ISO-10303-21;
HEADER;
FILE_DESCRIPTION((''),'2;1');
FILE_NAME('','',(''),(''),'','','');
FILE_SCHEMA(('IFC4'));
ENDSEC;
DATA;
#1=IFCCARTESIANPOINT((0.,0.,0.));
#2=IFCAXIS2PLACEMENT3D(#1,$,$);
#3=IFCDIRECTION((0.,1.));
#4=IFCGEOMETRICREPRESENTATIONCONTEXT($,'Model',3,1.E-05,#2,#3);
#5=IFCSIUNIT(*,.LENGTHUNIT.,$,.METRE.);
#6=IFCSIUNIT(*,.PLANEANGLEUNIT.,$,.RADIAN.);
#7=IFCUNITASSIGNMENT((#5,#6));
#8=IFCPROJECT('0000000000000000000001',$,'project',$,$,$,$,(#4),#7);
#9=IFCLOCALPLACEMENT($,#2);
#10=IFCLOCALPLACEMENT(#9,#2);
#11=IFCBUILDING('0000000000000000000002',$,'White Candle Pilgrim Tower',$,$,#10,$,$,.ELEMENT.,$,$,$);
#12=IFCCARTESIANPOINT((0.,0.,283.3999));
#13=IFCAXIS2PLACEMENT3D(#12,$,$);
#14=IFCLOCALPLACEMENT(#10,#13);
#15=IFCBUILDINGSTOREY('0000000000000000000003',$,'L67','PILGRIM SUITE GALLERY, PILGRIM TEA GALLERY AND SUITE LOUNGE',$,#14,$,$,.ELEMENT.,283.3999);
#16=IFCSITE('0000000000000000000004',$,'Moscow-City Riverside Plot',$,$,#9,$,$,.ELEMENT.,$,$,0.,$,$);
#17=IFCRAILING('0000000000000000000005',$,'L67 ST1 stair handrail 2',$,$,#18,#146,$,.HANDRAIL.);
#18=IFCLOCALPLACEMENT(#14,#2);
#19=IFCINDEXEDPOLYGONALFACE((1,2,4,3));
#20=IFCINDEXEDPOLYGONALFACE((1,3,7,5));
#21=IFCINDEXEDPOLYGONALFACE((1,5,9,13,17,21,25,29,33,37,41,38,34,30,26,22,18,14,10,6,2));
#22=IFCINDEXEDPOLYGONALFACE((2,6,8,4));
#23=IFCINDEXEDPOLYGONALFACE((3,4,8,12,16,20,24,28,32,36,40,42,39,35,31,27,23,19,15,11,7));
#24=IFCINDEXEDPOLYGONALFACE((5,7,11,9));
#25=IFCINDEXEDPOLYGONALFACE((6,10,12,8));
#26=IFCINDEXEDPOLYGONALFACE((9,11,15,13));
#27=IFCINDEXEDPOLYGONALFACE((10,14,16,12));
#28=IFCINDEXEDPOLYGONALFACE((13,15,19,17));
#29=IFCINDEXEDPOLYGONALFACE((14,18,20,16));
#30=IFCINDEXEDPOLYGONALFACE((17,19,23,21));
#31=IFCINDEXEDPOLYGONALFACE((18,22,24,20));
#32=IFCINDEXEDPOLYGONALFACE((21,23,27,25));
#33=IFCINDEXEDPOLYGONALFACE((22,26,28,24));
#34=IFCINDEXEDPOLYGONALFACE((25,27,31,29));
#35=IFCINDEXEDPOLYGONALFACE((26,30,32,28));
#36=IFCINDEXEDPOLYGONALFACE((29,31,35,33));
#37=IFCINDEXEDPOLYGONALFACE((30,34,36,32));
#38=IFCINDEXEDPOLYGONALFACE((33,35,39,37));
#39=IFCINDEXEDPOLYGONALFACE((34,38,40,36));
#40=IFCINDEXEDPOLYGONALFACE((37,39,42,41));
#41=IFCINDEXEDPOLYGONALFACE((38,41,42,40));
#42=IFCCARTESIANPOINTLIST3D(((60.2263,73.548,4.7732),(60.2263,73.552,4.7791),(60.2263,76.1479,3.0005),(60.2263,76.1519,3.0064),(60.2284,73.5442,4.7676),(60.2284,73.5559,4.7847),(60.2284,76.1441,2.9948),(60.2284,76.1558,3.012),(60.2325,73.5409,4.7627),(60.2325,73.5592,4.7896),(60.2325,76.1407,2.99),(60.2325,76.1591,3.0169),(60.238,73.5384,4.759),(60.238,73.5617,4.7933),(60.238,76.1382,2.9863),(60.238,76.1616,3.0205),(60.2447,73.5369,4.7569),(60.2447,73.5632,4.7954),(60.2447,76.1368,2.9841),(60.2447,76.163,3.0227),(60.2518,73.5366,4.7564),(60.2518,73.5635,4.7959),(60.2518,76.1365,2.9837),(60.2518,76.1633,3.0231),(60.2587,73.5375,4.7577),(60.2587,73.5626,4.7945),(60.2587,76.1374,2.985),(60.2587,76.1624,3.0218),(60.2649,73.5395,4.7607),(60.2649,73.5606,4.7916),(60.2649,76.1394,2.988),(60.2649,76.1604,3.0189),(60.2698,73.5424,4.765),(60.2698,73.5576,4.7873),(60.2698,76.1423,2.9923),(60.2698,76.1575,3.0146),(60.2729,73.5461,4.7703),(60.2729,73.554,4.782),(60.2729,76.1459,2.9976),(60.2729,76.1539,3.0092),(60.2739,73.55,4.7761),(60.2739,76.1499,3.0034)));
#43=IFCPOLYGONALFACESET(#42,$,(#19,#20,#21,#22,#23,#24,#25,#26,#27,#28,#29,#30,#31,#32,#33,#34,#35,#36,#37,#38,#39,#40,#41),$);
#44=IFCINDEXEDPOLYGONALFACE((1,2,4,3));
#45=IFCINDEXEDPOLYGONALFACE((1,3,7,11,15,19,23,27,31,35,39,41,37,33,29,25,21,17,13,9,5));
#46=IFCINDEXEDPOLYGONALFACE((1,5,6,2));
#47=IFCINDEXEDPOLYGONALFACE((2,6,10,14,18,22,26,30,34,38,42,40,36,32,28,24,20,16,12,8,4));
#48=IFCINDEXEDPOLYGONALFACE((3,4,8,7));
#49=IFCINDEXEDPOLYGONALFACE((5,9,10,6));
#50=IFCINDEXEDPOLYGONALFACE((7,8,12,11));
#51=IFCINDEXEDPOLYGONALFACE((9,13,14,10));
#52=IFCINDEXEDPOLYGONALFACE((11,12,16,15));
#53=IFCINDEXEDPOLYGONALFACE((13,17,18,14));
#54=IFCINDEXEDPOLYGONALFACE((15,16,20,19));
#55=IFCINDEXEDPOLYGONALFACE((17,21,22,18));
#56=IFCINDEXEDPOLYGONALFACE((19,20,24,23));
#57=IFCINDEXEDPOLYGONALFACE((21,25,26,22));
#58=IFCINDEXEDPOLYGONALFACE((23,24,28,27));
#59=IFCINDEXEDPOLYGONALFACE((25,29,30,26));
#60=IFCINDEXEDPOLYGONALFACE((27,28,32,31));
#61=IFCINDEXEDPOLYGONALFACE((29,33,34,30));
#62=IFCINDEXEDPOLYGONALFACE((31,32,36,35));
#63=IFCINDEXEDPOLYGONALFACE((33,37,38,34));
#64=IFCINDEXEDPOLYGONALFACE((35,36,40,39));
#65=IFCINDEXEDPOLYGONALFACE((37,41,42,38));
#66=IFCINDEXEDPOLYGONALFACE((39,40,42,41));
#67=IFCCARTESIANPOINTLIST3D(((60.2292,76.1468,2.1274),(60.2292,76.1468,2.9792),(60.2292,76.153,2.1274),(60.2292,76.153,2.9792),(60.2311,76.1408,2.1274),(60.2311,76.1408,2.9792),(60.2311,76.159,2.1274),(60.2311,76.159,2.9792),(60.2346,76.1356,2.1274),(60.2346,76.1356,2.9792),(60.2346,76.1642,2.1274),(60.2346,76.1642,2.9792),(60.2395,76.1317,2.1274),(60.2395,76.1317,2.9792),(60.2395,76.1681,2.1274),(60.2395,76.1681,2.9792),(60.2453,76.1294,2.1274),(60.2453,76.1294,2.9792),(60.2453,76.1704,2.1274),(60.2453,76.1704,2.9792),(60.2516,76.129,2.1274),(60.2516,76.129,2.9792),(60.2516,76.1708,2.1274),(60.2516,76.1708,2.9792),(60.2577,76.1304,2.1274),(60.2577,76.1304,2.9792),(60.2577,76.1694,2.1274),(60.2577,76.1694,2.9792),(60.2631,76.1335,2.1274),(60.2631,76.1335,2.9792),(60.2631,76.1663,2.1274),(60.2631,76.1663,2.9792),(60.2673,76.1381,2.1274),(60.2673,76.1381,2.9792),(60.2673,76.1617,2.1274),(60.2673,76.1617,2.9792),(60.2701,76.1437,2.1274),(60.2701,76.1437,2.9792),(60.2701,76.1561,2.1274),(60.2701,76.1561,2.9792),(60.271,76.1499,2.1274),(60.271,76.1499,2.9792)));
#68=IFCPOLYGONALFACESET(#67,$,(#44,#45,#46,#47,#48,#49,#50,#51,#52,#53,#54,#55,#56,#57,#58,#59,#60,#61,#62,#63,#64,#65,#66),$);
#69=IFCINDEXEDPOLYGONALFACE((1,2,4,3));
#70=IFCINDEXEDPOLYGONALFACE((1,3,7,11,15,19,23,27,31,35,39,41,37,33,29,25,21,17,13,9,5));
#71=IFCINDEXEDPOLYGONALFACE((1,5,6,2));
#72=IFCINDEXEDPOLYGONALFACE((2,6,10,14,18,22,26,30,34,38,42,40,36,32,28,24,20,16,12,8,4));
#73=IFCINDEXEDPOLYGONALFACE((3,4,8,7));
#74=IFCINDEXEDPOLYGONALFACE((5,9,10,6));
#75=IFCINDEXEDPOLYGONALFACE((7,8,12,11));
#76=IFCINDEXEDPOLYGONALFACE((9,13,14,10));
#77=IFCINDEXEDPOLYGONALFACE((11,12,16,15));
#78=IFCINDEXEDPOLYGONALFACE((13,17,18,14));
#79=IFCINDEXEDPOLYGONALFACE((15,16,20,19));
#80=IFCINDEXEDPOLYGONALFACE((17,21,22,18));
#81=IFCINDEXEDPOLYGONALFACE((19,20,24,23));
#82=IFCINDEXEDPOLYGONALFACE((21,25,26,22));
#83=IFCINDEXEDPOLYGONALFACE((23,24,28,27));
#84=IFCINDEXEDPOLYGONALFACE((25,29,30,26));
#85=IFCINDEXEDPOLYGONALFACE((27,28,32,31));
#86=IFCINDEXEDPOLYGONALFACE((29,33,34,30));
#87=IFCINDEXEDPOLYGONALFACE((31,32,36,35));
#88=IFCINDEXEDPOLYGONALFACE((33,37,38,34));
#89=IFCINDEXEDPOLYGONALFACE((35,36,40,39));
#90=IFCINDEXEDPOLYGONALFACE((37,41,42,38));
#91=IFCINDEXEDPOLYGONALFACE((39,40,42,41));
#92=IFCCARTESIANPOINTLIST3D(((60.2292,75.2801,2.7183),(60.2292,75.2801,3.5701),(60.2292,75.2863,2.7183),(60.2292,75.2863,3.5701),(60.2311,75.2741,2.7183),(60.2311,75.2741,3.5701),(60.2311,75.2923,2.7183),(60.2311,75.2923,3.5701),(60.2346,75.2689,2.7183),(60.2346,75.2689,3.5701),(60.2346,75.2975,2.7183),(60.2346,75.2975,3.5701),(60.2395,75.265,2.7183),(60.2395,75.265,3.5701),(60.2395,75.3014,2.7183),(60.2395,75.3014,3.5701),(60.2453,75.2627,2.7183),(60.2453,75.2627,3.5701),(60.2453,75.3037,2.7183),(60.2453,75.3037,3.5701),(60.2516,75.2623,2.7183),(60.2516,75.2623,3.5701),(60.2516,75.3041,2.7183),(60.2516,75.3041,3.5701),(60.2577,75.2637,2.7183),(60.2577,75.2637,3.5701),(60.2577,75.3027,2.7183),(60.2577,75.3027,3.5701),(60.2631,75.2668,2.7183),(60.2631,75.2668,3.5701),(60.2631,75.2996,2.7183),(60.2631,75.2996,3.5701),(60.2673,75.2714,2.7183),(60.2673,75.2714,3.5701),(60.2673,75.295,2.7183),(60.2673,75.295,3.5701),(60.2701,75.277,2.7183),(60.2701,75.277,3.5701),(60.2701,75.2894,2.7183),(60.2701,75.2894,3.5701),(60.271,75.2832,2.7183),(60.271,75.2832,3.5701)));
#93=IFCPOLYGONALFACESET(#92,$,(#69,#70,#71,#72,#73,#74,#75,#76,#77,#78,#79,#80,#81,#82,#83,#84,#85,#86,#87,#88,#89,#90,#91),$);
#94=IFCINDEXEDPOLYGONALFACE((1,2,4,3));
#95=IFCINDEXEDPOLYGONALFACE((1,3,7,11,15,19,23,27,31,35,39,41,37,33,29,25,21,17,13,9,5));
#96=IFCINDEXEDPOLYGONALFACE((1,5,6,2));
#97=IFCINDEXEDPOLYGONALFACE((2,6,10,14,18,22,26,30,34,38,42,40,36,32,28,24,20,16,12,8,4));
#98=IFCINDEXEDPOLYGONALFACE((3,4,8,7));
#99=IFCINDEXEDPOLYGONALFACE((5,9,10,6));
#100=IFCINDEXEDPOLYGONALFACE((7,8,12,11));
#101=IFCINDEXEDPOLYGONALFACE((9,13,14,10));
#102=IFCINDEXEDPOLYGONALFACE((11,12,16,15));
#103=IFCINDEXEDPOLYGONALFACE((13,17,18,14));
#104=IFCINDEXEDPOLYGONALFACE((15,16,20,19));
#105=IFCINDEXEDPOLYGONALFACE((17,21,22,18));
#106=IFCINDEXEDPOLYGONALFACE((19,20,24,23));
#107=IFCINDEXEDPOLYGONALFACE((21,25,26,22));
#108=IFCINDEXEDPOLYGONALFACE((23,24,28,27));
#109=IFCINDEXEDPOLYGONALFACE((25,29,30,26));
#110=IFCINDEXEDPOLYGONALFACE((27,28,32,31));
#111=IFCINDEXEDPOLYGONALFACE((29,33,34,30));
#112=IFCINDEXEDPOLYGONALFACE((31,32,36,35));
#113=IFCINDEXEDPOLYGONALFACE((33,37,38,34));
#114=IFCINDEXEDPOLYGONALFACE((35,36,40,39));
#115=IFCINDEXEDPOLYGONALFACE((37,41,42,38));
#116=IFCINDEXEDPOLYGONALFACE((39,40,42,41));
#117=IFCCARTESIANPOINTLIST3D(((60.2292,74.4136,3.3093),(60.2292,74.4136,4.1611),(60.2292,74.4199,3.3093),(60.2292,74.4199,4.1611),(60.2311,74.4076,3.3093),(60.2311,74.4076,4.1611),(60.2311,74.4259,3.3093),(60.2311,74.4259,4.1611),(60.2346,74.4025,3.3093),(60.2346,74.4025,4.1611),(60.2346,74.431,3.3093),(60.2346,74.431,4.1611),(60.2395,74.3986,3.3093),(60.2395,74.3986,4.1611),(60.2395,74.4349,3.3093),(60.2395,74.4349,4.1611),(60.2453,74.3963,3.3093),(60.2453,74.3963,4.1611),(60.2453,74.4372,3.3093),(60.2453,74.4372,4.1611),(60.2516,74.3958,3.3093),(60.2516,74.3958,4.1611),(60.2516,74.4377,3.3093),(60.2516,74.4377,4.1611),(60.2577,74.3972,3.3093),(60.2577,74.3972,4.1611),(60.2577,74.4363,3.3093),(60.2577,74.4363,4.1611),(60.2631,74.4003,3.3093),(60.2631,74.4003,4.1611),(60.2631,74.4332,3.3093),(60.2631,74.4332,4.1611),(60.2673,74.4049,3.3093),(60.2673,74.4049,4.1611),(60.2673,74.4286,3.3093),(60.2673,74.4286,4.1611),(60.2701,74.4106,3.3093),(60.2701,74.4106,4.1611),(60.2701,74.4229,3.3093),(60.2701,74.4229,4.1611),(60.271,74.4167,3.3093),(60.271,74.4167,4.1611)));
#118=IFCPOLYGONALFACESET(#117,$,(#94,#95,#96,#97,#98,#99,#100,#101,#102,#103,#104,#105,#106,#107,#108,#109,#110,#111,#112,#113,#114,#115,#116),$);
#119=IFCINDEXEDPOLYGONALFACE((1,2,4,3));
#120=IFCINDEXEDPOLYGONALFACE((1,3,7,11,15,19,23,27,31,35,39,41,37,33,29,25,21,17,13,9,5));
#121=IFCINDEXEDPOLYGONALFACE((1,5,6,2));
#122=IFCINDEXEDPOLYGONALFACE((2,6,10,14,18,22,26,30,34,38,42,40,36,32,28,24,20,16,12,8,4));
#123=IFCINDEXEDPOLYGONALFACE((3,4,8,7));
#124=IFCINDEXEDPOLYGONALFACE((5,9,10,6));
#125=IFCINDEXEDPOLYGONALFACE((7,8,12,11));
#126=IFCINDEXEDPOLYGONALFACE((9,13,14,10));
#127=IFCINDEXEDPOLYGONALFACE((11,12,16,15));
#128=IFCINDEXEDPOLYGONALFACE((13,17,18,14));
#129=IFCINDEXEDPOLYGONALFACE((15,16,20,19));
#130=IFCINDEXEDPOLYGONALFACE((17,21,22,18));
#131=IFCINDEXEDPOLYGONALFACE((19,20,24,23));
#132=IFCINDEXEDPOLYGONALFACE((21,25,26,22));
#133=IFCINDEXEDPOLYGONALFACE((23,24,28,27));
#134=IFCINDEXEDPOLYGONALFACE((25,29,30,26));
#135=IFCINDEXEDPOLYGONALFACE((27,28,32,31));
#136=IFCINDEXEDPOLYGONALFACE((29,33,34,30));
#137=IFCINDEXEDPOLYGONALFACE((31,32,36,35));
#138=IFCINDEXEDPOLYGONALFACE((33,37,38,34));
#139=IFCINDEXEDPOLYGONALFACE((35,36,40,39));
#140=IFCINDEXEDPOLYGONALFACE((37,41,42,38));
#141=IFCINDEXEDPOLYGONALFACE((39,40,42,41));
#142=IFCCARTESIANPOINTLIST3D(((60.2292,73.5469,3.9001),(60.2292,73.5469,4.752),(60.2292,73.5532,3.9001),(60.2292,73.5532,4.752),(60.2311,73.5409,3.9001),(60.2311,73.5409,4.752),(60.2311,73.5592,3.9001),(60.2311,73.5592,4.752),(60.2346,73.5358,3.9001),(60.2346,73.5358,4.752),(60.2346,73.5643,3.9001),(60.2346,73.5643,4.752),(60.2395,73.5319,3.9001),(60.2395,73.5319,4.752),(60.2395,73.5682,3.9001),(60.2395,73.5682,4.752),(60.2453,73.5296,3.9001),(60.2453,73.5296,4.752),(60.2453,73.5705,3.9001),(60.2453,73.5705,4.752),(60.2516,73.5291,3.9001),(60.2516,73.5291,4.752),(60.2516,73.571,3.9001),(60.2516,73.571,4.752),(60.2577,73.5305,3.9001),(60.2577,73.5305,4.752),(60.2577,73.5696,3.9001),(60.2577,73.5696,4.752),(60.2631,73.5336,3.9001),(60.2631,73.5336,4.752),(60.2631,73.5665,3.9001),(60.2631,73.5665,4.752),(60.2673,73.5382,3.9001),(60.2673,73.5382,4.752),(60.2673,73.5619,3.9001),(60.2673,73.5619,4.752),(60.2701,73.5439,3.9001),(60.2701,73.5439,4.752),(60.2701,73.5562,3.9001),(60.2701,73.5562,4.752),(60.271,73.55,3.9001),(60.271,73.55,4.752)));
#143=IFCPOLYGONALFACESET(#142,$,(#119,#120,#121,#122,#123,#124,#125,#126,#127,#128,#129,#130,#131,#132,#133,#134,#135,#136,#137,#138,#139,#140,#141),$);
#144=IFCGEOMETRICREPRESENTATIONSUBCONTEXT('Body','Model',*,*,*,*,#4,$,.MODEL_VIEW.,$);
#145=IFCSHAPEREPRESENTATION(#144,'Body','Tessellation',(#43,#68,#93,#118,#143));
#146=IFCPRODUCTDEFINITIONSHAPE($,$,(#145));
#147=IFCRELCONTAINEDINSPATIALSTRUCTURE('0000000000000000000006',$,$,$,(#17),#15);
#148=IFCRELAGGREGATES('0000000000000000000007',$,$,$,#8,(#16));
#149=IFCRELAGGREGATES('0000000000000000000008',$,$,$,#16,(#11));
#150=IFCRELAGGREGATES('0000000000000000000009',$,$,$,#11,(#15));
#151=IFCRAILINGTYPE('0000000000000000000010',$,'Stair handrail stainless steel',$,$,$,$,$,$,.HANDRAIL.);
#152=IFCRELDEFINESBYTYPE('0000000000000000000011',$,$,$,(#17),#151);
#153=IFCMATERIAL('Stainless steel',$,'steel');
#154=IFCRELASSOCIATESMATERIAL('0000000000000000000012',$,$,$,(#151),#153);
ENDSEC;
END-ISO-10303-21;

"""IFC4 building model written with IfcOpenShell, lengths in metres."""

from ifc_helpers import new_model, si_unit, direction, frame, origin, origin_2d, place, context, subcontext, project, spatial, circle, extrude, material, type_object, element, save


model = new_model("IFC4")

# Units and contexts
model_context = context("Model", 3, precision=1e-05, world=origin(), true_north=direction((0.0, 1.0)))
body_context = subcontext(model_context, "Body", "Model", "MODEL_VIEW")
ifc_project = project(units=[si_unit("LENGTHUNIT", "METRE"), si_unit("PLANEANGLEUNIT", "RADIAN")], contexts=[model_context])

# Site, building, storey
site_placement = place(None, origin())
site = spatial("IfcSite", under=ifc_project, at=site_placement, Name="Moscow-City Riverside Plot", CompositionType="ELEMENT", RefElevation=0.0)
building_placement = place(site_placement, origin())
building = spatial("IfcBuilding", under=site, at=building_placement, Name="White Candle Pilgrim Tower", CompositionType="ELEMENT")
storey_placement = place(building_placement, frame((0.0, 0.0, 283.3999)))
storey = spatial("IfcBuildingStorey", under=building, at=storey_placement, Name="L67", Description="PILGRIM SUITE GALLERY, PILGRIM TEA GALLERY AND SUITE LOUNGE", CompositionType="ELEMENT", Elevation=283.3999)

# Railing
ifc_material_1 = material(Name="Stainless steel", Category="steel")
railing_type_1 = type_object("IfcRailingType", Name="Stair handrail stainless steel", PredefinedType="HANDRAIL", material=ifc_material_1)
railing_1_placement = place(storey_placement, frame((60.25, 76.1499, 2.1274)))
element("IfcRailing", 1, at=railing_1_placement, inside=storey, type_object=railing_type_1, Name="L67 ST1 stair handrail 2", PredefinedType="HANDRAIL", context=body_context, shape_type="SweptSolid", body=[
    extrude(circle(Radius=0.0239, at=origin_2d()), frame((0.0, 0.0, 0.876), z_axis=(0.0, -0.826216, 0.563354), x_axis=(1.0, 0.0, 0.0)), (0.0, 0.0, 1.0), 3.1467),
    extrude(circle(Radius=0.021, at=origin_2d()), origin(), (0.0, 0.0, 1.0), 0.8518),
    extrude(circle(Radius=0.021, at=origin_2d()), frame((0.0, -0.8667, 0.5908)), (0.0, 0.0, 1.0), 0.8518),
    extrude(circle(Radius=0.021, at=origin_2d()), frame((0.0, -1.7332, 1.1819)), (0.0, 0.0, 1.0), 0.8518),
    extrude(circle(Radius=0.021, at=origin_2d()), frame((0.0, -2.5999, 1.7727)), (0.0, 0.0, 1.0), 0.8518),
])

save(model, "model.ifc")
